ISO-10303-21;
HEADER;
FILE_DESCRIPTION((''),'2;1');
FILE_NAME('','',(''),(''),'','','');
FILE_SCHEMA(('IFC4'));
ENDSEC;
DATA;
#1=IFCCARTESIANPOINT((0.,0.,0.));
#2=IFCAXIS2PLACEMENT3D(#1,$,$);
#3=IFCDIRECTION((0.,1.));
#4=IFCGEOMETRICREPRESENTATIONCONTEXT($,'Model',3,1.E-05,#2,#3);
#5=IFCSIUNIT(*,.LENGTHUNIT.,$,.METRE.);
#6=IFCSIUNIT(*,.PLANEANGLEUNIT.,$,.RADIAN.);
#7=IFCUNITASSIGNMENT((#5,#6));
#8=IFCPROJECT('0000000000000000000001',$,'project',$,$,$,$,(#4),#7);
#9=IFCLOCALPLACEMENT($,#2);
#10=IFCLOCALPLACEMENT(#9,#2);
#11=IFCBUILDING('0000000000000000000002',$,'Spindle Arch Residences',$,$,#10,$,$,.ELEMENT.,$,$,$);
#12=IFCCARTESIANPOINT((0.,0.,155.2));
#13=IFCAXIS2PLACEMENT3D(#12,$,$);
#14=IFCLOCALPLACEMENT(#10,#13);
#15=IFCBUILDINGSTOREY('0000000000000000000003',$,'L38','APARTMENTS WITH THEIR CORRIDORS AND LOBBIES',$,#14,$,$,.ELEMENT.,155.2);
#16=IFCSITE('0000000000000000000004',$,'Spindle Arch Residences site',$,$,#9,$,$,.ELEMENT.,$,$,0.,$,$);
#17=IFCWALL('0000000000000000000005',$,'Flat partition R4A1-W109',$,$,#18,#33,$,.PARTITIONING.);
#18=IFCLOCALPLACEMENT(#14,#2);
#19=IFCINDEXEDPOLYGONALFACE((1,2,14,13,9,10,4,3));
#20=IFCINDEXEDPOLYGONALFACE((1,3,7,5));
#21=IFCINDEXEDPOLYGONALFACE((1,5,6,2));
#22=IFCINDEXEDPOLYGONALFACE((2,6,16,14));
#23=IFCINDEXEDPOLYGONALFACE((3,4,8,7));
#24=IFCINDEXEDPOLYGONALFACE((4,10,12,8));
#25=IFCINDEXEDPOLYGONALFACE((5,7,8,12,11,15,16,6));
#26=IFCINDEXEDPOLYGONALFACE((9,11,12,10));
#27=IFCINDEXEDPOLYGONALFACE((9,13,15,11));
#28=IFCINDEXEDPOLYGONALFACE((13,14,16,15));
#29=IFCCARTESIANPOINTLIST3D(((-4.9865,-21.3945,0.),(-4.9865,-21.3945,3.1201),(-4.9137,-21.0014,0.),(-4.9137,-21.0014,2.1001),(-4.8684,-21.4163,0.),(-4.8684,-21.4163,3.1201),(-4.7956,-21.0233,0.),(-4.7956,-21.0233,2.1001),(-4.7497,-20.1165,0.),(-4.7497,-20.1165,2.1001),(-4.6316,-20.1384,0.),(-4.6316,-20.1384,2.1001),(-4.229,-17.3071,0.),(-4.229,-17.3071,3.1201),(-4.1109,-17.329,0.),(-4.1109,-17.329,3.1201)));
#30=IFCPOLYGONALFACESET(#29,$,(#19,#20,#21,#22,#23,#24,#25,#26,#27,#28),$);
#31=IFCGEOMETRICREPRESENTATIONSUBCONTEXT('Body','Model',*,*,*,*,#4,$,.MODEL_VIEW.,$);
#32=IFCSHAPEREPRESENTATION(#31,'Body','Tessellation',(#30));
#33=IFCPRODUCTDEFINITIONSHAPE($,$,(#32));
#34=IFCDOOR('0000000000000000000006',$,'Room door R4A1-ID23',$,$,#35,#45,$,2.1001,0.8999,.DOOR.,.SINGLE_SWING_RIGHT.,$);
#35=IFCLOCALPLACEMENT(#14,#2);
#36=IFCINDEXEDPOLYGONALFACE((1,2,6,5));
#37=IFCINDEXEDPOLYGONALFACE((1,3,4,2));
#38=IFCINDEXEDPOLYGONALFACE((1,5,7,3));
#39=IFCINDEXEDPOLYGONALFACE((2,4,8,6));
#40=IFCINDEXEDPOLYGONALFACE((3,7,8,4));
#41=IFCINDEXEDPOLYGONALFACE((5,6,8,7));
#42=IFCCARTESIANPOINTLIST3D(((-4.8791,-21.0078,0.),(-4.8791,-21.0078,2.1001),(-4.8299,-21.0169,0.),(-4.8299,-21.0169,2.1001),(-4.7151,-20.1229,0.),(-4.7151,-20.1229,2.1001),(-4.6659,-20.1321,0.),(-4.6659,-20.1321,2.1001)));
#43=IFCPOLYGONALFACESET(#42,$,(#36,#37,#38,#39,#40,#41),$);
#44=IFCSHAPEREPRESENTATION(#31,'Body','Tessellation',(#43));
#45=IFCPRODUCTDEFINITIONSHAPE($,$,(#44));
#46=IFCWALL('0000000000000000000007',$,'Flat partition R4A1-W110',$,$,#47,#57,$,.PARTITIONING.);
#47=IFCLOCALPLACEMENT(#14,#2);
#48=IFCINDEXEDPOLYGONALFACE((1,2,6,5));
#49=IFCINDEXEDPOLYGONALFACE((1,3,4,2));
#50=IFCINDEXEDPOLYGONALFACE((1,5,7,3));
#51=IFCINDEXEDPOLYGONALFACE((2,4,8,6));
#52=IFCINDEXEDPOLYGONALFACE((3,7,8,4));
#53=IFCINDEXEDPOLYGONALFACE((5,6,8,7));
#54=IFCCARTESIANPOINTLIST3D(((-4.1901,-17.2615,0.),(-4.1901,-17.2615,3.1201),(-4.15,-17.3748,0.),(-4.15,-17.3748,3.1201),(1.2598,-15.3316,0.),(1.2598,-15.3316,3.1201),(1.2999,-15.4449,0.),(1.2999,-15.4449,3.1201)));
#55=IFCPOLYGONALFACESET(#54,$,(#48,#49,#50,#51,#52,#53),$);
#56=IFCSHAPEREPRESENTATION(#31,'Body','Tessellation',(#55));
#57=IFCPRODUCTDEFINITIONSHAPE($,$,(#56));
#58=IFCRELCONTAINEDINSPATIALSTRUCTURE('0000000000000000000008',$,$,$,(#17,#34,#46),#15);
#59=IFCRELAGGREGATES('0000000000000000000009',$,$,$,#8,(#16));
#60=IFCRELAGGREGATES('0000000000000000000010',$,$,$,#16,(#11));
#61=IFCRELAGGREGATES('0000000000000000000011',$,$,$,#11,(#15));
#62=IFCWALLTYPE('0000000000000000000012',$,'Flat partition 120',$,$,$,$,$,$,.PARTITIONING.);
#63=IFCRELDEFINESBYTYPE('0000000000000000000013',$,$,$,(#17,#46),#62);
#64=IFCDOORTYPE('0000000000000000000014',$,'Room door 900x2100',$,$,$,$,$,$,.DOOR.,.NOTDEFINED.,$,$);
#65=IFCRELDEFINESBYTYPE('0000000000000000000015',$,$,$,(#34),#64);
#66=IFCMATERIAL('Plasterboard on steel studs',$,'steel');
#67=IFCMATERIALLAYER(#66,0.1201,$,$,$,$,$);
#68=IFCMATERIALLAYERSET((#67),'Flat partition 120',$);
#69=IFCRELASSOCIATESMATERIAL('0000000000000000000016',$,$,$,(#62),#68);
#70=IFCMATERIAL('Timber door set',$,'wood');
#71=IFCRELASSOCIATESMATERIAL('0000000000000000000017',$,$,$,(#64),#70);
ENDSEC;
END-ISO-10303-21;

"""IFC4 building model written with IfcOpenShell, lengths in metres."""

from ifc_helpers import new_model, si_unit, direction, frame, frame_2d, origin, place, context, subcontext, project, spatial, rectangle, extrude, material, layer, layer_set, type_object, element, fill, save


model = new_model("IFC4")

# Units and contexts
model_context = context("Model", 3, precision=1e-05, world=origin(), true_north=direction((0.0, 1.0)))
body_context = subcontext(model_context, "Body", "Model", "MODEL_VIEW")
ifc_project = project(units=[si_unit("LENGTHUNIT", "METRE"), si_unit("PLANEANGLEUNIT", "RADIAN")], contexts=[model_context])

# Site, building, storey
site_placement = place(None, origin())
site = spatial("IfcSite", under=ifc_project, at=site_placement, Name="Spindle Arch Residences site", CompositionType="ELEMENT", RefElevation=0.0)
building_placement = place(site_placement, origin())
building = spatial("IfcBuilding", under=site, at=building_placement, Name="Spindle Arch Residences", CompositionType="ELEMENT")
storey_placement = place(building_placement, frame((0.0, 0.0, 155.2)))
storey = spatial("IfcBuildingStorey", under=building, at=storey_placement, Name="L38", Description="APARTMENTS WITH THEIR CORRIDORS AND LOBBIES", CompositionType="ELEMENT", Elevation=155.2)

# Shared definitions
ifc_material_1 = material(Name="Plasterboard on steel studs", Category="steel")
ifc_layer_1 = layer(ifc_material_1, 0.1201)
ifc_layer_set_1 = layer_set([ifc_layer_1], Name="Flat partition 120")
wall_type = type_object("IfcWallType", Name="Flat partition 120", PredefinedType="PARTITIONING", material=ifc_layer_set_1)
ifc_material_2 = material(Name="Timber door set", Category="wood")
door_type = type_object("IfcDoorType", Name="Room door 900x2100", OperationType="NOTDEFINED", PredefinedType="DOOR", material=ifc_material_2)

# Wall, opening, door
wall_1_placement = place(storey_placement, frame((-4.9275, -21.4055, 0.0), z_axis=(0.0, 0.0, 1.0), x_axis=(0.182239, 0.983254, 0.0)))
wall_1 = element("IfcWall", 1, at=wall_1_placement, inside=storey, type_object=wall_type, Name="Flat partition R4A1-W109", PredefinedType="PARTITIONING", context=body_context, shape_type="SweptSolid", body=[
    extrude(rectangle(XDim=4.157, YDim=0.1201, at=frame_2d((2.0786, 0.0))), origin(), (0.0, 0.0, 1.0), 3.1201),
])
opening_1_placement = place(wall_1_placement, frame((0.3999, 0.0, 0.0)))
opening_1 = element("IfcOpeningElement", 2, at=opening_1_placement, cuts=wall_1, PredefinedType="OPENING", context=body_context, shape_type="SweptSolid", body=[
    extrude(rectangle(XDim=0.8999, YDim=2.1001, at=frame_2d((0.45, 1.05))), frame((0.0, 0.0701, 0.0), z_axis=(0.0, -1.0, 0.0), x_axis=(1.0, 0.0, 0.0)), (0.0, 0.0, 1.0), 0.1401),
])
door_1_placement = place(opening_1_placement, origin())
door_1 = element("IfcDoor", 3, at=door_1_placement, inside=storey, type_object=door_type, Name="Room door R4A1-ID23", OperationType="SINGLE_SWING_RIGHT", OverallHeight=2.1001, OverallWidth=0.8999, PredefinedType="DOOR", context=body_context, shape_type="SweptSolid", body=[
    extrude(rectangle(XDim=0.8999, YDim=2.1001, at=frame_2d((0.45, 1.05))), frame((0.0, 0.0249, 0.0), z_axis=(0.0, -1.0, 0.0), x_axis=(1.0, 0.0, 0.0)), (0.0, 0.0, 1.0), 0.05),
])
fill(opening_1, door_1)

# Wall
wall_2_placement = place(storey_placement, frame((-4.1699, -17.3181, 0.0), z_axis=(0.0, 0.0, 1.0), x_axis=(0.942641, 0.333807, 0.0)))
element("IfcWall", 4, at=wall_2_placement, inside=storey, type_object=wall_type, Name="Flat partition R4A1-W110", PredefinedType="PARTITIONING", context=body_context, shape_type="SweptSolid", body=[
    extrude(rectangle(XDim=5.7815, YDim=0.1201, at=frame_2d((2.8906, 0.0))), origin(), (0.0, 0.0, 1.0), 3.1201),
])

save(model, "model.ifc")
